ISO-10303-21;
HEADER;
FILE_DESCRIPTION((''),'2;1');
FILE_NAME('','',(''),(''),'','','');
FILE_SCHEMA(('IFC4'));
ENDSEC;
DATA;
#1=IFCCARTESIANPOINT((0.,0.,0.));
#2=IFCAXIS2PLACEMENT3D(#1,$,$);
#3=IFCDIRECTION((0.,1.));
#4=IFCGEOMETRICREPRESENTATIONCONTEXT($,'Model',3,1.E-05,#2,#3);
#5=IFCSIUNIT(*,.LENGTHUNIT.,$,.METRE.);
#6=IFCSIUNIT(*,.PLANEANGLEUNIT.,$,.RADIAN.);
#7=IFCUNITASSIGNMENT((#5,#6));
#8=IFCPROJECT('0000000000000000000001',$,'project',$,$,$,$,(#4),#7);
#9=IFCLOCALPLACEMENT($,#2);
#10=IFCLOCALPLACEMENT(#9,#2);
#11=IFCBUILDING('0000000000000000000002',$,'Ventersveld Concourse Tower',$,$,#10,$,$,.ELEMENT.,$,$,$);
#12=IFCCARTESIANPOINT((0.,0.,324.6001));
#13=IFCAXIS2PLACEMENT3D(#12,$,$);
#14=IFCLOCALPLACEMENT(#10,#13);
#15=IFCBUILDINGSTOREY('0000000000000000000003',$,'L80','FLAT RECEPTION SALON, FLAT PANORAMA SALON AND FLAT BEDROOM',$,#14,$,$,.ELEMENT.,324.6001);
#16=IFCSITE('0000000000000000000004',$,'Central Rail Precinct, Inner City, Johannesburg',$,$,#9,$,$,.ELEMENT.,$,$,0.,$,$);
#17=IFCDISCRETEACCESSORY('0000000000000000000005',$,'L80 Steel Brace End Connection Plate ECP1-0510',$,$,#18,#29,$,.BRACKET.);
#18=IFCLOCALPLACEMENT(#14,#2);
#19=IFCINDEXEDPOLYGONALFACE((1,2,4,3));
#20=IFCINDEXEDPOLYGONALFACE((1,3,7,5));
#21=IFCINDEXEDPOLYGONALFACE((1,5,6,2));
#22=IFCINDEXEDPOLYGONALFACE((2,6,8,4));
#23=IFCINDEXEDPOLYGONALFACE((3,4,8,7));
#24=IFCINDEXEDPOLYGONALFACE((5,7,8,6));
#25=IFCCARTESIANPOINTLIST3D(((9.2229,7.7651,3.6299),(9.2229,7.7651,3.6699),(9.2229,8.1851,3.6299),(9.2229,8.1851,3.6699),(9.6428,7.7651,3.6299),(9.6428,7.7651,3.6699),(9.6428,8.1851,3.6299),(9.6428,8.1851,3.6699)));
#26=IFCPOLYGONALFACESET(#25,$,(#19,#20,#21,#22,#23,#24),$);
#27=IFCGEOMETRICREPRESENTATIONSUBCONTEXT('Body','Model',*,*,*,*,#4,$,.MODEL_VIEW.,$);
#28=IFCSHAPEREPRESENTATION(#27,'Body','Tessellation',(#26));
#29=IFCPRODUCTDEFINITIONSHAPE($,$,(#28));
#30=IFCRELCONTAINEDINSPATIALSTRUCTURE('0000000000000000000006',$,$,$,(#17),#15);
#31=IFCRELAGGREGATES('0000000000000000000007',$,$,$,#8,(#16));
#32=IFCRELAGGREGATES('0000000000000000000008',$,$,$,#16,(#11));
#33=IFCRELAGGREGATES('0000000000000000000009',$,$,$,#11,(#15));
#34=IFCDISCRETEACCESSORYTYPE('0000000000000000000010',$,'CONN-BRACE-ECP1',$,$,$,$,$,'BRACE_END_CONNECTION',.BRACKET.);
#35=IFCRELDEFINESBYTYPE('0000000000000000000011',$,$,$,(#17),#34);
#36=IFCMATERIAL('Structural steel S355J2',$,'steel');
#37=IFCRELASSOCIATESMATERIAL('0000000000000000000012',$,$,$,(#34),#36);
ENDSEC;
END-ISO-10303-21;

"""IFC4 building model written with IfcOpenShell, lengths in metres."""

from ifc_helpers import new_model, si_unit, direction, frame, origin, origin_2d, place, context, subcontext, project, spatial, rectangle, extrude, material, type_object, element, save


model = new_model("IFC4")

# Units and contexts
model_context = context("Model", 3, precision=1e-05, world=origin(), true_north=direction((0.0, 1.0)))
body_context = subcontext(model_context, "Body", "Model", "MODEL_VIEW")
ifc_project = project(units=[si_unit("LENGTHUNIT", "METRE"), si_unit("PLANEANGLEUNIT", "RADIAN")], contexts=[model_context])

# Site, building, storey
site_placement = place(None, origin())
site = spatial("IfcSite", under=ifc_project, at=site_placement, Name="Central Rail Precinct, Inner City, Johannesburg", CompositionType="ELEMENT", RefElevation=0.0)
building_placement = place(site_placement, origin())
building = spatial("IfcBuilding", under=site, at=building_placement, Name="Ventersveld Concourse Tower", CompositionType="ELEMENT")
storey_placement = place(building_placement, frame((0.0, 0.0, 324.6001)))
storey = spatial("IfcBuildingStorey", under=building, at=storey_placement, Name="L80", Description="FLAT RECEPTION SALON, FLAT PANORAMA SALON AND FLAT BEDROOM", CompositionType="ELEMENT", Elevation=324.6001)

# Shared definitions
ifc_material_1 = material(Name="Structural steel S355J2", Category="steel")

# Discrete accessory
discrete_accessory_type = type_object("IfcDiscreteAccessoryType", Name="CONN-BRACE-ECP1", ElementType="BRACE_END_CONNECTION", PredefinedType="BRACKET", material=ifc_material_1)
discrete_accessory_placement = place(storey_placement, frame((9.4329, 7.9751, 3.6299), z_axis=(0.0, 0.0, 1.0), x_axis=(1.0, 0.0, 0.0)))
element("IfcDiscreteAccessory", 1, at=discrete_accessory_placement, inside=storey, type_object=discrete_accessory_type, Name="L80 Steel Brace End Connection Plate ECP1-0510", PredefinedType="BRACKET", context=body_context, shape_type="SweptSolid", body=[
    extrude(rectangle(XDim=0.4199, YDim=0.4199, at=origin_2d()), origin(), (0.0, 0.0, 1.0), 0.04),
])

save(model, "model.ifc")
